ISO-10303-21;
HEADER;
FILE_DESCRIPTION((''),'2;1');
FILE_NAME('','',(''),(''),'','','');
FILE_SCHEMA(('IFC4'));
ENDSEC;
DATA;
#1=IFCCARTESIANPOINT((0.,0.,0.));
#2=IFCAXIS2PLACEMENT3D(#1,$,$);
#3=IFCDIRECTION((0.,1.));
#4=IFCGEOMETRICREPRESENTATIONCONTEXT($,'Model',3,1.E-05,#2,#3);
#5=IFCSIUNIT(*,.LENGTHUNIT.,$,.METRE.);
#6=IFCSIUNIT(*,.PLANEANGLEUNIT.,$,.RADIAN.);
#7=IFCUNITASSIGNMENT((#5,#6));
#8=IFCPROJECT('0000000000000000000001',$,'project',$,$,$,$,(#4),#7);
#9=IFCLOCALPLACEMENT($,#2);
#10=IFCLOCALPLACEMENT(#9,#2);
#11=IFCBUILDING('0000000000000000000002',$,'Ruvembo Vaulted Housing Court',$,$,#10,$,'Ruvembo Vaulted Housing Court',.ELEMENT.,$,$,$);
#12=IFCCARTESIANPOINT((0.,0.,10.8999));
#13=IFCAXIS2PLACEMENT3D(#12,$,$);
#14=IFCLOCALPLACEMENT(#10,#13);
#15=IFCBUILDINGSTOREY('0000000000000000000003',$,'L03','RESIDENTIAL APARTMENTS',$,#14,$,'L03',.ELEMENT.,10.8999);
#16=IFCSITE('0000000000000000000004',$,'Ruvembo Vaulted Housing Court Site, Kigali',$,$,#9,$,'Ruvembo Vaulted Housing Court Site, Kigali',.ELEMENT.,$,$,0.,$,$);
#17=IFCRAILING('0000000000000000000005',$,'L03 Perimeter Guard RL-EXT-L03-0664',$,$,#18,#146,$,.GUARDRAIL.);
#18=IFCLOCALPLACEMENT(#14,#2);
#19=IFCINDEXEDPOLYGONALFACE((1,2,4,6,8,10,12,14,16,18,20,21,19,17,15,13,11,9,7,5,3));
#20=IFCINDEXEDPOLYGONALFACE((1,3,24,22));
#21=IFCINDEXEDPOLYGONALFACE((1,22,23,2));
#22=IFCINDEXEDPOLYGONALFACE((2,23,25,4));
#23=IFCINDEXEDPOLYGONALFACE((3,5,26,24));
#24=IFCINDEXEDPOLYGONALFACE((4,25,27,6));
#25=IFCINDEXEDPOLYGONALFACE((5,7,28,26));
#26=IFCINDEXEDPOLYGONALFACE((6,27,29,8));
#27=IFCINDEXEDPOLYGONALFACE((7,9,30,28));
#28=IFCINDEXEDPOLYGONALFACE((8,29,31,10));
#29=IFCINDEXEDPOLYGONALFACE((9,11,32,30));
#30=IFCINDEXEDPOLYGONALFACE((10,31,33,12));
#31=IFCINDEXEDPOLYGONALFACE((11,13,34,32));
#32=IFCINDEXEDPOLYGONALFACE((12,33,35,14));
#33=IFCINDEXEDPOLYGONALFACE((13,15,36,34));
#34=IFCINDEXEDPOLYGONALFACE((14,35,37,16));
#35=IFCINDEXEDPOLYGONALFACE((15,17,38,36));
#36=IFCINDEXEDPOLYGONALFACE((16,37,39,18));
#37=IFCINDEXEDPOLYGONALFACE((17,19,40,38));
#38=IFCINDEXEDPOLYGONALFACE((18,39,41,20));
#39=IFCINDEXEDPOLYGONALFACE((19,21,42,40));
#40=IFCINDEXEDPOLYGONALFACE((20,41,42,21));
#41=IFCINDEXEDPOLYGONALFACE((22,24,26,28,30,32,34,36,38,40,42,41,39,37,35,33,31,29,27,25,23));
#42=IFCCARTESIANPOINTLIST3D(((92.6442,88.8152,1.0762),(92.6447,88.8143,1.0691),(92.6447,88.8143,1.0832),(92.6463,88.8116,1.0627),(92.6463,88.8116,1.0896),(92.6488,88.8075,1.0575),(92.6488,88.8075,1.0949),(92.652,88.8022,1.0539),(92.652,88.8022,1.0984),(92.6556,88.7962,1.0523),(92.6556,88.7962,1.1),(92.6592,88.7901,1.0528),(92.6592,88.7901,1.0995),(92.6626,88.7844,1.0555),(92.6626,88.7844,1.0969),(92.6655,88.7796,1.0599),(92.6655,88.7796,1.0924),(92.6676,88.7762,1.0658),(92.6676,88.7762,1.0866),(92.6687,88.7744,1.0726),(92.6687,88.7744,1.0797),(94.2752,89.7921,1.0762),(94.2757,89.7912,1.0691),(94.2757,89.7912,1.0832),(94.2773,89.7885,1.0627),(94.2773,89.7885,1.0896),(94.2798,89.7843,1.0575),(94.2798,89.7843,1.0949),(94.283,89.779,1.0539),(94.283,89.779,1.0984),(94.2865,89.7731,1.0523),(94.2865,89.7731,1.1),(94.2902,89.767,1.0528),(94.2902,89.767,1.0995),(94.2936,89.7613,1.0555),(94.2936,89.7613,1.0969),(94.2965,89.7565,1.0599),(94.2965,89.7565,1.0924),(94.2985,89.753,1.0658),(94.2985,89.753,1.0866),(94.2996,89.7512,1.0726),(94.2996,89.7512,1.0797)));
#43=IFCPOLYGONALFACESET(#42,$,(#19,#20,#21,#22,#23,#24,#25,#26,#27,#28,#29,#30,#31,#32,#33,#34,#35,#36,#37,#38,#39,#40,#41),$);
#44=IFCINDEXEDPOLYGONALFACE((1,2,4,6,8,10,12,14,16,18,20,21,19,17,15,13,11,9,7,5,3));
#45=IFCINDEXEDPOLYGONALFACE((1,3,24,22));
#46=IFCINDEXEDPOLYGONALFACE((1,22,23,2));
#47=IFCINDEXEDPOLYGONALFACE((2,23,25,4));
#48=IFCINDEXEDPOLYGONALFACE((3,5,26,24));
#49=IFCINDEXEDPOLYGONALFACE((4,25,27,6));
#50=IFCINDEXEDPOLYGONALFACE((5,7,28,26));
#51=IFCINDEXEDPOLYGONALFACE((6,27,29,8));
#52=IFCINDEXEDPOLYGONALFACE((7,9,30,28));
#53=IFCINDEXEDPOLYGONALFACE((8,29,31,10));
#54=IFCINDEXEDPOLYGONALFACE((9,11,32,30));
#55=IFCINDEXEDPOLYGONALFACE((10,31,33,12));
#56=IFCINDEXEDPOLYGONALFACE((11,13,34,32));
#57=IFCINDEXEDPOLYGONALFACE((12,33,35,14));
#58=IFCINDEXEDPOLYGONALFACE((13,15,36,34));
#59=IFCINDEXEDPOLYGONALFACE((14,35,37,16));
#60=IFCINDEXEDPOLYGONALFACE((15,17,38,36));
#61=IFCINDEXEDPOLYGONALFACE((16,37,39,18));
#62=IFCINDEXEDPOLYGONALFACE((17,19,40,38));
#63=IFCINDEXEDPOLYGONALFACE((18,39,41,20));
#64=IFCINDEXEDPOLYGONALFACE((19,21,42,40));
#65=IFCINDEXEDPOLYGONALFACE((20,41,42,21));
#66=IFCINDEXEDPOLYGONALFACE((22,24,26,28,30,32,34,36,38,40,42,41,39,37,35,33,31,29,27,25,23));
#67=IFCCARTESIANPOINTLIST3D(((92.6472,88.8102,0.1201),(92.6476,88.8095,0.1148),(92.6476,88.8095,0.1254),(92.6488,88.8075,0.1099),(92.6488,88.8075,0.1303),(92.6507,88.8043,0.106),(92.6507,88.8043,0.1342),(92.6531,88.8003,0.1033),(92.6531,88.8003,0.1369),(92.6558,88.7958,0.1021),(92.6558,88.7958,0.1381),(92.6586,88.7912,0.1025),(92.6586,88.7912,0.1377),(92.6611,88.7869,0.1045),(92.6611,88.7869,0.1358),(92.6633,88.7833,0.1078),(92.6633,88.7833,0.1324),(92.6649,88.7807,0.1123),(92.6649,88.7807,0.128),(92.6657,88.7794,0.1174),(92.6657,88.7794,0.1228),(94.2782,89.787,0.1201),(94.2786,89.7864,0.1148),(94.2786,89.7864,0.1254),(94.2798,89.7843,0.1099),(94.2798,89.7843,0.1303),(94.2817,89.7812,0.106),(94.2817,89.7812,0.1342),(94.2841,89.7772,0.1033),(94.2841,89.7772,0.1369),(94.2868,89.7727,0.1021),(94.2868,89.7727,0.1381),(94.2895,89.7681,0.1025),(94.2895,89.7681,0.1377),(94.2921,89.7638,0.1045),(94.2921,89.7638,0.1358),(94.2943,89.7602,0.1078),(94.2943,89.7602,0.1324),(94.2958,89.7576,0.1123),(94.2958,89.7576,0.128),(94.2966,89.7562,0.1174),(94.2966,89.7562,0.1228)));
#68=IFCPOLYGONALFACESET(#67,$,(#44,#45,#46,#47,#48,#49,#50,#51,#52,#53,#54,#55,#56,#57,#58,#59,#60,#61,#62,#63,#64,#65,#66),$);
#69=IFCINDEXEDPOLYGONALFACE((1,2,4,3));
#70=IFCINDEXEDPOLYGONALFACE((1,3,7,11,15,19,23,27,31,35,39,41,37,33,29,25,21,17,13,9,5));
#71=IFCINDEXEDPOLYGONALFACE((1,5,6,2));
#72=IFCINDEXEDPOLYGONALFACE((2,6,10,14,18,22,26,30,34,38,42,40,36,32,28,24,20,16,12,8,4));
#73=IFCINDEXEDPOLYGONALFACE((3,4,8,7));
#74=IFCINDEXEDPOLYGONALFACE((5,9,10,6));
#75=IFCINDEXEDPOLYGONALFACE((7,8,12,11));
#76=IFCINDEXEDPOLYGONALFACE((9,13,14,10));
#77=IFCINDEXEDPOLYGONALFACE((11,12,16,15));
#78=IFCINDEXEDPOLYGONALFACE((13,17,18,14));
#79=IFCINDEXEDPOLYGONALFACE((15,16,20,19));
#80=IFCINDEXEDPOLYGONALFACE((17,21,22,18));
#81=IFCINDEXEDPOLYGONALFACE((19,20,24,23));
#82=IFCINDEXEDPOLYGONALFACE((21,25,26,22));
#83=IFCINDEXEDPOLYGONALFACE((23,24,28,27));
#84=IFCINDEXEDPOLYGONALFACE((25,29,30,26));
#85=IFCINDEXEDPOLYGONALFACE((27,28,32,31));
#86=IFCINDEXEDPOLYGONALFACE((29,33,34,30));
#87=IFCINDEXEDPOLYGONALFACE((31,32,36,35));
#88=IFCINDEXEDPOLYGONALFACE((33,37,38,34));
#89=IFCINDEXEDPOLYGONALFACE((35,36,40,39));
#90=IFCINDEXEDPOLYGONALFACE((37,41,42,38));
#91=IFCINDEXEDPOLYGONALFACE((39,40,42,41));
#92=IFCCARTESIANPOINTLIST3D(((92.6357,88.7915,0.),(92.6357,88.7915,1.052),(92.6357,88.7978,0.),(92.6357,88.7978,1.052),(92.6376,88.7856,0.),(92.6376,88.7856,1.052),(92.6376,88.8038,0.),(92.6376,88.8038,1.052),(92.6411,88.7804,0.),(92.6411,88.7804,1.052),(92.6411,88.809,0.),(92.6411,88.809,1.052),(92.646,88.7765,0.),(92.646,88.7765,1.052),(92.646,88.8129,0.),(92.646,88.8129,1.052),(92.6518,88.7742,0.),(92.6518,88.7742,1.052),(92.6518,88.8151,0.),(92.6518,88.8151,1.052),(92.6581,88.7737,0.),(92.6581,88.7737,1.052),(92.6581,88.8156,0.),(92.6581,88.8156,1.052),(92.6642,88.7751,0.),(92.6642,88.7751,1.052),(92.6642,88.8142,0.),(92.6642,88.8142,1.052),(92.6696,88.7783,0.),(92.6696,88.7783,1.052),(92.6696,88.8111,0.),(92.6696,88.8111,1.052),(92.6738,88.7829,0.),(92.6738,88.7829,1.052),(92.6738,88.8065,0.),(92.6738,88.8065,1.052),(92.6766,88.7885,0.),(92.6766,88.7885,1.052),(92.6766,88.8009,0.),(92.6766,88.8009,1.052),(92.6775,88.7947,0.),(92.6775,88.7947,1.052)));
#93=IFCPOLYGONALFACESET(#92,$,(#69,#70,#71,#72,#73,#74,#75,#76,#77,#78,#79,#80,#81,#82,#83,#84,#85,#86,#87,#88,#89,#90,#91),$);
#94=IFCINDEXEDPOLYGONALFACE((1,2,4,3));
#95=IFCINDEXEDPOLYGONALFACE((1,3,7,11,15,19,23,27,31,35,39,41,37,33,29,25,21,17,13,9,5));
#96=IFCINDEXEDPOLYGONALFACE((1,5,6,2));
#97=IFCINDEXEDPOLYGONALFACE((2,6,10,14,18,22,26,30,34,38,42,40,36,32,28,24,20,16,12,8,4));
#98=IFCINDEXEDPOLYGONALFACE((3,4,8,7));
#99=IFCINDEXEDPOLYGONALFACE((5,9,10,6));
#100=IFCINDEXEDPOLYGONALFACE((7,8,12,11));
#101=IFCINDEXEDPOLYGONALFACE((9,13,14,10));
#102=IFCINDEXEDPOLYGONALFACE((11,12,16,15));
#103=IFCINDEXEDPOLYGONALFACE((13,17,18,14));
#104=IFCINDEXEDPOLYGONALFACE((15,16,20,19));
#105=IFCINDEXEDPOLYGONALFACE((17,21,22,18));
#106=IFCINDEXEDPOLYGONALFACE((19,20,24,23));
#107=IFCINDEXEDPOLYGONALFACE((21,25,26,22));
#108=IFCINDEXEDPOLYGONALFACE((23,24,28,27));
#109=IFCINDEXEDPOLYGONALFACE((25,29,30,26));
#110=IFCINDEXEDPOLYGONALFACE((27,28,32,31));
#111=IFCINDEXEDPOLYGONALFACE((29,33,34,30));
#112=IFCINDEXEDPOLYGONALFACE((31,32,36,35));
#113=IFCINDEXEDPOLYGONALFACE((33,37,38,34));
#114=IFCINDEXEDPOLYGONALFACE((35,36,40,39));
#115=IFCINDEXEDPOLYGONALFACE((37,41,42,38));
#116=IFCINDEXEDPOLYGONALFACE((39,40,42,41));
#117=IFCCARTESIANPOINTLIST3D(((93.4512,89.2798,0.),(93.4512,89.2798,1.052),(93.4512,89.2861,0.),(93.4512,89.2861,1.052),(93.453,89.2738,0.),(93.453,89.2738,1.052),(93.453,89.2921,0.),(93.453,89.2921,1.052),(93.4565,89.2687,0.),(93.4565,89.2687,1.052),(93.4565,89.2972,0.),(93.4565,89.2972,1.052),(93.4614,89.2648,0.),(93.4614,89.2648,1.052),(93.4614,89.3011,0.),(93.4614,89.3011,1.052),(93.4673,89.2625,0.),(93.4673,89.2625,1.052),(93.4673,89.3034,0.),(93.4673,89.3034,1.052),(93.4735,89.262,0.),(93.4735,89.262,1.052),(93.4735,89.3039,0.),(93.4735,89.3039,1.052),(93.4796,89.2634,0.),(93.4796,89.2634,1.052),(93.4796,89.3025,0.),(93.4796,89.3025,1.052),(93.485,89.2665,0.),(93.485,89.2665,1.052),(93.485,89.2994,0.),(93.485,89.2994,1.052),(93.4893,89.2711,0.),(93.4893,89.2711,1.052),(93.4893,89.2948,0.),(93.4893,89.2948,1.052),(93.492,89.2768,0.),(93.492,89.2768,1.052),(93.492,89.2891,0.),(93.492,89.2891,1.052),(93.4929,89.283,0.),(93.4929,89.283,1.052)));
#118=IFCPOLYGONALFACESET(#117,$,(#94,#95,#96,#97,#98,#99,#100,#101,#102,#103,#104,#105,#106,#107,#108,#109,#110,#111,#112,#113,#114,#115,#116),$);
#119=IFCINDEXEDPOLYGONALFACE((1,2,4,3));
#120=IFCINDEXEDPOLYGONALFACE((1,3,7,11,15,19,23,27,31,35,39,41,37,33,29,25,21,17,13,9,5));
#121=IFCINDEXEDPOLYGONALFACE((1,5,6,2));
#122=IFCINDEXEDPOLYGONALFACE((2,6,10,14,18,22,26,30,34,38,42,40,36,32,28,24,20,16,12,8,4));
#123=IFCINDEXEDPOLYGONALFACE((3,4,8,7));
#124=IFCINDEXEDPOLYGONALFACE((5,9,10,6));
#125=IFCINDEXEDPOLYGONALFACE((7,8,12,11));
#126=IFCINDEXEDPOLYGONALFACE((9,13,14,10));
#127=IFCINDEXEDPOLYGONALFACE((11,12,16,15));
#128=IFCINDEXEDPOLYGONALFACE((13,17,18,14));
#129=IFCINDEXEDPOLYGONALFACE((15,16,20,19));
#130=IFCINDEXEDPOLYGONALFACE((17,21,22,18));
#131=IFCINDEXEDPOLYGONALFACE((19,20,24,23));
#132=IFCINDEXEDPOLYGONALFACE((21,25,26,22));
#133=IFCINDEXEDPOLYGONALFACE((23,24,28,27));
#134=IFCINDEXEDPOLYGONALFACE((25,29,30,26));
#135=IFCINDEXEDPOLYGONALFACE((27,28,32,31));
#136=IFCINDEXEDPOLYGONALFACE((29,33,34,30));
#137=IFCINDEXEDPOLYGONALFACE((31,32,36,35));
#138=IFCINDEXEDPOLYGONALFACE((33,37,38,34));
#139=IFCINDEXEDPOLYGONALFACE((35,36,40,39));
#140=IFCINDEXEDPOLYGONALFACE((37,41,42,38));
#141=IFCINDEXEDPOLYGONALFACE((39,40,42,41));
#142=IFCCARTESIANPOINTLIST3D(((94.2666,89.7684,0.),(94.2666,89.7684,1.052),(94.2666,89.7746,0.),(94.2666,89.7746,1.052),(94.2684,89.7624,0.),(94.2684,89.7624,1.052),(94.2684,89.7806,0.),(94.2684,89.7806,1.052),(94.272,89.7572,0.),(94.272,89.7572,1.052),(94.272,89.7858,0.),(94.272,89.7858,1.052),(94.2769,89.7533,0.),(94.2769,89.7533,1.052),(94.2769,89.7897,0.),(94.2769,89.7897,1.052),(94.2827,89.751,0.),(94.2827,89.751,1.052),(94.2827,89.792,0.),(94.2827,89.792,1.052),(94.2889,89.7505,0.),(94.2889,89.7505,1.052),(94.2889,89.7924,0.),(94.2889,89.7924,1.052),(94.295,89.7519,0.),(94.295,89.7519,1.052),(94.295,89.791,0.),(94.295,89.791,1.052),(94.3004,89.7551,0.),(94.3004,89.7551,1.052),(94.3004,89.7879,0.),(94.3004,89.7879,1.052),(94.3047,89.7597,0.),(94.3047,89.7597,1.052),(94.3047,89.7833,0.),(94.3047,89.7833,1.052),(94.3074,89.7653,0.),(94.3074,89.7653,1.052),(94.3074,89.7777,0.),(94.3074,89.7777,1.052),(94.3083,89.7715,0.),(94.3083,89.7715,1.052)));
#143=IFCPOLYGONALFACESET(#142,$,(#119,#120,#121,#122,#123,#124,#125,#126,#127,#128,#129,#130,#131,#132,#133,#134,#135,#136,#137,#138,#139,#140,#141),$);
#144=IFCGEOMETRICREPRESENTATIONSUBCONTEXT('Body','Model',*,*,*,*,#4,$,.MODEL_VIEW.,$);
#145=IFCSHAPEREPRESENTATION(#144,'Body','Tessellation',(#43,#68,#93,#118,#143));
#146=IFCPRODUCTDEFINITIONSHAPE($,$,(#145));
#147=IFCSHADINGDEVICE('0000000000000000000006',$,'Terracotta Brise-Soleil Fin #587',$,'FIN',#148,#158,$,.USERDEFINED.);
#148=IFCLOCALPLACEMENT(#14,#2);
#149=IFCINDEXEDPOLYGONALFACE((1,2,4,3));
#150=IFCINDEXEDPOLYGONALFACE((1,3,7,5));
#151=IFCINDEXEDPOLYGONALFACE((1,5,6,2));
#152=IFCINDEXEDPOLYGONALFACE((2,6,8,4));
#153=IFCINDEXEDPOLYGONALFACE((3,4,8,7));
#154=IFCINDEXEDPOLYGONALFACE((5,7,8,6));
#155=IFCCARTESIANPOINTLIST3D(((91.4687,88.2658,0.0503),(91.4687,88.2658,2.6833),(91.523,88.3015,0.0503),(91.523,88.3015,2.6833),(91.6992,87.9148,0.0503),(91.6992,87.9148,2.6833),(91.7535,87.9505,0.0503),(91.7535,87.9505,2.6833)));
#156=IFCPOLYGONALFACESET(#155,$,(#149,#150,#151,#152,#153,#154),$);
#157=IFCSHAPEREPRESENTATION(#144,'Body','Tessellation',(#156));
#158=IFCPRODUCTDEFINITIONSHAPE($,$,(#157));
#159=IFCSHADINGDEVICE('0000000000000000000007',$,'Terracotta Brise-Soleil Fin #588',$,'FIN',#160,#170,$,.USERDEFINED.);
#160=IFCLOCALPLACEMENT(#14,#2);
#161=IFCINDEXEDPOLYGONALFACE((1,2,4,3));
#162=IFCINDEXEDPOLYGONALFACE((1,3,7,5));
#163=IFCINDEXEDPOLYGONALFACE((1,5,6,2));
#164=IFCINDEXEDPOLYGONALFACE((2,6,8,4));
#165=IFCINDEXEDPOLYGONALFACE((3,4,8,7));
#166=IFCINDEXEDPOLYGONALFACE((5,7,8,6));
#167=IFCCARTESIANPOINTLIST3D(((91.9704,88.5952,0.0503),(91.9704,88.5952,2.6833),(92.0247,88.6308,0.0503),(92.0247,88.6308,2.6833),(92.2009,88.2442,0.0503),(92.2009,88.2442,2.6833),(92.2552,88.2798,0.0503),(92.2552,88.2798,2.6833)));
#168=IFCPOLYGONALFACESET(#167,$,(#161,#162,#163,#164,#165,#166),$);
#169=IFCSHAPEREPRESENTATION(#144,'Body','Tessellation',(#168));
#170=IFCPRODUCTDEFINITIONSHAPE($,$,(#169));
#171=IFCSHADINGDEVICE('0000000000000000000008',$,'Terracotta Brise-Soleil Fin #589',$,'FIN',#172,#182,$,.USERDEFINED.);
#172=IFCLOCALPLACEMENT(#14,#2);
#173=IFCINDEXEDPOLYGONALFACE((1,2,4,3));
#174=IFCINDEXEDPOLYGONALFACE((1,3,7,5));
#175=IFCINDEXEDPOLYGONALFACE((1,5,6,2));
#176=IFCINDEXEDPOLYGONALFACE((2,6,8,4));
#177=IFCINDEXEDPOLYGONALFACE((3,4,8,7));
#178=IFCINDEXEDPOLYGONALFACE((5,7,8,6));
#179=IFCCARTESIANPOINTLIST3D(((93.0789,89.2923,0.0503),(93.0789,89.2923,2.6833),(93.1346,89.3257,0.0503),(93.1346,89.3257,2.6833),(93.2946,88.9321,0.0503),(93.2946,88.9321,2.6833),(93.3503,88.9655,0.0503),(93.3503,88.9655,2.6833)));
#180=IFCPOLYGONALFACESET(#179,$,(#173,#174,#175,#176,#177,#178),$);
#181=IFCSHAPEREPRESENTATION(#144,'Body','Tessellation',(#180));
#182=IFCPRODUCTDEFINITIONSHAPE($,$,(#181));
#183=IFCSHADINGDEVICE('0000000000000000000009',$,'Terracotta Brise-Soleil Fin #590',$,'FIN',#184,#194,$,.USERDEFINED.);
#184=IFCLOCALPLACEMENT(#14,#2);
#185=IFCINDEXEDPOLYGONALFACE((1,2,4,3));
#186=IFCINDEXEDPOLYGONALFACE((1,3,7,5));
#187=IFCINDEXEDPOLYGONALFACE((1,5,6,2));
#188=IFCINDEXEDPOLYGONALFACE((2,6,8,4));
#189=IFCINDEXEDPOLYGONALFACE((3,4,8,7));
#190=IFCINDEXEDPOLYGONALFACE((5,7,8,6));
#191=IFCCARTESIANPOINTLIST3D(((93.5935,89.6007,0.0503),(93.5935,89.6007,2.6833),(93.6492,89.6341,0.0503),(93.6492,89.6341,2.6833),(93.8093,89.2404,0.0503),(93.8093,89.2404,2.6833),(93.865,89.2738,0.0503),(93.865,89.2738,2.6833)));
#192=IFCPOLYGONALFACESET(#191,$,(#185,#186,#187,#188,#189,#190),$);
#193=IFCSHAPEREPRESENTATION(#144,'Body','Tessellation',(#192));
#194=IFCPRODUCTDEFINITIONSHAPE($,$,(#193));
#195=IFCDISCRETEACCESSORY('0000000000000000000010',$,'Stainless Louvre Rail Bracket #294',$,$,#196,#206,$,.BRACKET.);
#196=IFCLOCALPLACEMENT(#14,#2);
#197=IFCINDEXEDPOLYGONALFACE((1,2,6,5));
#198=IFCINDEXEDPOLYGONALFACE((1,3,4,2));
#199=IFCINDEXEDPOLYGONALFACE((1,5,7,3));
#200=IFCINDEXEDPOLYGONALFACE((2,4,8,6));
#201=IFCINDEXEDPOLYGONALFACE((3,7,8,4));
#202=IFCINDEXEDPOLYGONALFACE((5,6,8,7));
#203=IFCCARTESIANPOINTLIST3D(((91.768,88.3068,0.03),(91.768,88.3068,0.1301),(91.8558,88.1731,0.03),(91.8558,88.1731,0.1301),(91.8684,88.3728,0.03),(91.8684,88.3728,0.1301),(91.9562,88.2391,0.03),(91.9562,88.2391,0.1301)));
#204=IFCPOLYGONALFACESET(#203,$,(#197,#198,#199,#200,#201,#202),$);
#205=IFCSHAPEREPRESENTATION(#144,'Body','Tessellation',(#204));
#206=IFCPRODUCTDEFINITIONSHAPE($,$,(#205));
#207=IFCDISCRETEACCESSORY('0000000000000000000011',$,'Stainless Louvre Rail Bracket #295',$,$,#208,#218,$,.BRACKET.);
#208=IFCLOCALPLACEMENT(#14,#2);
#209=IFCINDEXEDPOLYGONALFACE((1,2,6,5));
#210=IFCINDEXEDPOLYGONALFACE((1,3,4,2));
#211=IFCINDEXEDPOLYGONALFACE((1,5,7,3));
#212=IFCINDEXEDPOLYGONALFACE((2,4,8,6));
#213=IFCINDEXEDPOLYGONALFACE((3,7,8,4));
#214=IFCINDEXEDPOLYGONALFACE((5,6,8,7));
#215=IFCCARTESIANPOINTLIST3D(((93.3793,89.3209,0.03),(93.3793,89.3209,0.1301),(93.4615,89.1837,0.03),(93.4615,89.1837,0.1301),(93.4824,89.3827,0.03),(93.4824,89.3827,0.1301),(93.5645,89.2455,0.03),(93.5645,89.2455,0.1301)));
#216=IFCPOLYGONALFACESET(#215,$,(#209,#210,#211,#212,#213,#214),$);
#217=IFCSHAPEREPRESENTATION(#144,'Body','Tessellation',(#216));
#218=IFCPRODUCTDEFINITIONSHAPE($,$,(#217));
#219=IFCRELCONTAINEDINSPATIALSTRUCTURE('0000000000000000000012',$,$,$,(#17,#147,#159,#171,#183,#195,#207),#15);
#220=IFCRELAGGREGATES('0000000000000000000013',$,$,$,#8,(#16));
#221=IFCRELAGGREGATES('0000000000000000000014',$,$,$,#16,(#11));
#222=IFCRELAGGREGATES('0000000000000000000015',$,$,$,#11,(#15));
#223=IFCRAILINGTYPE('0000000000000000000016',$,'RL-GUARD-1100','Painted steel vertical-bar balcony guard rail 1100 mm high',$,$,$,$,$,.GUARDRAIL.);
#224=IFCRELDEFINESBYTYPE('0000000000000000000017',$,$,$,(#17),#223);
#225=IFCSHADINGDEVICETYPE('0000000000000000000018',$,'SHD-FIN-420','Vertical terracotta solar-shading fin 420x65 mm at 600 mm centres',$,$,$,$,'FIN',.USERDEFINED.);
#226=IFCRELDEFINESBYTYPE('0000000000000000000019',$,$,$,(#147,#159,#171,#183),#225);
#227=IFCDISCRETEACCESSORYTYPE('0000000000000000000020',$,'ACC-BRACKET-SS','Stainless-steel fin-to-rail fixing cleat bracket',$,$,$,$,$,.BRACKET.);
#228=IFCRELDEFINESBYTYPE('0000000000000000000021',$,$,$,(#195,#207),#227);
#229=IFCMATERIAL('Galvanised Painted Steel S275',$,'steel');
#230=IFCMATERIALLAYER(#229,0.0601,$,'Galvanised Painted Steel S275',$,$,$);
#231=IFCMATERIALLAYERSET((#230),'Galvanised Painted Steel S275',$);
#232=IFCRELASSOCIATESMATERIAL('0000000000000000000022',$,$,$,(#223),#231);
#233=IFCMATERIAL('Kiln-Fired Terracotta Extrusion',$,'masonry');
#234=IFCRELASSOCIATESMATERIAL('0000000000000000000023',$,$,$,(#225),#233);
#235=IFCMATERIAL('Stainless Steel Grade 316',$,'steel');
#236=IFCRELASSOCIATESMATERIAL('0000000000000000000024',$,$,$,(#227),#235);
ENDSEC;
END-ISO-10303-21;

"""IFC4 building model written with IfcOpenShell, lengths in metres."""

from ifc_helpers import new_model, si_unit, direction, frame, origin, origin_2d, place, context, subcontext, project, spatial, rectangle, circle, extrude, material, layer, layer_set, type_object, element, save


model = new_model("IFC4")

# Units and contexts
model_context = context("Model", 3, precision=1e-05, world=origin(), true_north=direction((0.0, 1.0)))
body_context = subcontext(model_context, "Body", "Model", "MODEL_VIEW")
ifc_project = project(units=[si_unit("LENGTHUNIT", "METRE"), si_unit("PLANEANGLEUNIT", "RADIAN")], contexts=[model_context])

# Site, building, storey
site_placement = place(None, origin())
site = spatial("IfcSite", under=ifc_project, at=site_placement, Name="Ruvembo Vaulted Housing Court Site, Kigali", LongName="Ruvembo Vaulted Housing Court Site, Kigali", CompositionType="ELEMENT", RefElevation=0.0)
building_placement = place(site_placement, origin())
building = spatial("IfcBuilding", under=site, at=building_placement, Name="Ruvembo Vaulted Housing Court", LongName="Ruvembo Vaulted Housing Court", CompositionType="ELEMENT")
storey_placement = place(building_placement, frame((0.0, 0.0, 10.8999)))
storey = spatial("IfcBuildingStorey", under=building, at=storey_placement, Name="L03", Description="RESIDENTIAL APARTMENTS", LongName="L03", CompositionType="ELEMENT", Elevation=10.8999)

# Railing
ifc_material_1 = material(Name="Galvanised Painted Steel S275", Category="steel")
ifc_layer = layer(ifc_material_1, 0.0601, Name="Galvanised Painted Steel S275")
ifc_layer_set = layer_set([ifc_layer], Name="Galvanised Painted Steel S275")
railing_type = type_object("IfcRailingType", Name="RL-GUARD-1100", Description="Painted steel vertical-bar balcony guard rail 1100 mm high", PredefinedType="GUARDRAIL", material=ifc_layer_set)
railing_1_placement = place(storey_placement, frame((92.6565, 88.7947, 0.0)))
element("IfcRailing", 1, at=railing_1_placement, inside=storey, type_object=railing_type, Name="L03 Perimeter Guard RL-EXT-L03-0664", PredefinedType="GUARDRAIL", context=body_context, shape_type="SweptSolid", body=[
    extrude(circle(Radius=0.0239, at=origin_2d()), frame((0.0, 0.0, 1.0762), z_axis=(0.857889, 0.513835, 0.0), x_axis=(-0.513835, 0.857889, 0.0)), (0.0, 0.0, 1.0), 1.9011),
    extrude(circle(Radius=0.0181, at=origin_2d()), frame((0.0, 0.0, 0.1201), z_axis=(0.857889, 0.513835, 0.0), x_axis=(-0.513835, 0.857889, 0.0)), (0.0, 0.0, 1.0), 1.9011),
    extrude(circle(Radius=0.021, at=origin_2d()), origin(), (0.0, 0.0, 1.0), 1.052),
    extrude(circle(Radius=0.021, at=origin_2d()), frame((0.8154, 0.4883, 0.0)), (0.0, 0.0, 1.0), 1.052),
    extrude(circle(Radius=0.021, at=origin_2d()), frame((1.6309, 0.9768, 0.0)), (0.0, 0.0, 1.0), 1.052),
])

# Shading devices
ifc_material_2 = material(Name="Kiln-Fired Terracotta Extrusion", Category="masonry")
shading_device_type = type_object("IfcShadingDeviceType", Name="SHD-FIN-420", Description="Vertical terracotta solar-shading fin 420x65 mm at 600 mm centres", ElementType="FIN", PredefinedType="USERDEFINED", material=ifc_material_2)
for number, where, z_axis, x_axis, name in (
    (2, (91.6111, 88.1082, 0.0503), (0.0, 0.0, 1.0), (0.548964, -0.835846, 0.0), "Terracotta Brise-Soleil Fin #587"),
    (3, (92.1128, 88.4375, 0.0503), (0.0, 0.0, 1.0), (0.548964, -0.835846, 0.0), "Terracotta Brise-Soleil Fin #588"),
    (4, (93.2146, 89.1289, 0.0503), (0.0, 0.0, 1.0), (0.513826, -0.857895, 0.0), "Terracotta Brise-Soleil Fin #589"),
    (5, (93.7292, 89.4373, 0.0503), (0.0, 0.0, 1.0), (0.513826, -0.857895, 0.0), "Terracotta Brise-Soleil Fin #590"),
):
    element("IfcShadingDevice", number, at=place(storey_placement, frame(where, z_axis=z_axis, x_axis=x_axis)), inside=storey, type_object=shading_device_type, Name=name, ObjectType="FIN", PredefinedType="USERDEFINED", context=body_context, shape_type="SweptSolid", body=[
        extrude(rectangle(XDim=0.4199, YDim=0.0649, at=origin_2d()), origin(), (0.0, 0.0, 1.0), 2.6331),
    ])

# Discrete accessories
ifc_material_3 = material(Name="Stainless Steel Grade 316", Category="steel")
discrete_accessory_type = type_object("IfcDiscreteAccessoryType", Name="ACC-BRACKET-SS", Description="Stainless-steel fin-to-rail fixing cleat bracket", PredefinedType="BRACKET", material=ifc_material_3)
for number, where, z_axis, x_axis, name in (
    (6, (91.8621, 88.2729, 0.03), (0.0, 0.0, 1.0), (0.548964, -0.835846, 0.0), "Stainless Louvre Rail Bracket #294"),
    (7, (93.4719, 89.2832, 0.03), (0.0, 0.0, 1.0), (0.513826, -0.857895, 0.0), "Stainless Louvre Rail Bracket #295"),
):
    element("IfcDiscreteAccessory", number, at=place(storey_placement, frame(where, z_axis=z_axis, x_axis=x_axis)), inside=storey, type_object=discrete_accessory_type, Name=name, PredefinedType="BRACKET", context=body_context, shape_type="SweptSolid", body=[
        extrude(rectangle(XDim=0.1599, YDim=0.1201, at=origin_2d()), origin(), (0.0, 0.0, 1.0), 0.1001),
    ])

save(model, "model.ifc")
